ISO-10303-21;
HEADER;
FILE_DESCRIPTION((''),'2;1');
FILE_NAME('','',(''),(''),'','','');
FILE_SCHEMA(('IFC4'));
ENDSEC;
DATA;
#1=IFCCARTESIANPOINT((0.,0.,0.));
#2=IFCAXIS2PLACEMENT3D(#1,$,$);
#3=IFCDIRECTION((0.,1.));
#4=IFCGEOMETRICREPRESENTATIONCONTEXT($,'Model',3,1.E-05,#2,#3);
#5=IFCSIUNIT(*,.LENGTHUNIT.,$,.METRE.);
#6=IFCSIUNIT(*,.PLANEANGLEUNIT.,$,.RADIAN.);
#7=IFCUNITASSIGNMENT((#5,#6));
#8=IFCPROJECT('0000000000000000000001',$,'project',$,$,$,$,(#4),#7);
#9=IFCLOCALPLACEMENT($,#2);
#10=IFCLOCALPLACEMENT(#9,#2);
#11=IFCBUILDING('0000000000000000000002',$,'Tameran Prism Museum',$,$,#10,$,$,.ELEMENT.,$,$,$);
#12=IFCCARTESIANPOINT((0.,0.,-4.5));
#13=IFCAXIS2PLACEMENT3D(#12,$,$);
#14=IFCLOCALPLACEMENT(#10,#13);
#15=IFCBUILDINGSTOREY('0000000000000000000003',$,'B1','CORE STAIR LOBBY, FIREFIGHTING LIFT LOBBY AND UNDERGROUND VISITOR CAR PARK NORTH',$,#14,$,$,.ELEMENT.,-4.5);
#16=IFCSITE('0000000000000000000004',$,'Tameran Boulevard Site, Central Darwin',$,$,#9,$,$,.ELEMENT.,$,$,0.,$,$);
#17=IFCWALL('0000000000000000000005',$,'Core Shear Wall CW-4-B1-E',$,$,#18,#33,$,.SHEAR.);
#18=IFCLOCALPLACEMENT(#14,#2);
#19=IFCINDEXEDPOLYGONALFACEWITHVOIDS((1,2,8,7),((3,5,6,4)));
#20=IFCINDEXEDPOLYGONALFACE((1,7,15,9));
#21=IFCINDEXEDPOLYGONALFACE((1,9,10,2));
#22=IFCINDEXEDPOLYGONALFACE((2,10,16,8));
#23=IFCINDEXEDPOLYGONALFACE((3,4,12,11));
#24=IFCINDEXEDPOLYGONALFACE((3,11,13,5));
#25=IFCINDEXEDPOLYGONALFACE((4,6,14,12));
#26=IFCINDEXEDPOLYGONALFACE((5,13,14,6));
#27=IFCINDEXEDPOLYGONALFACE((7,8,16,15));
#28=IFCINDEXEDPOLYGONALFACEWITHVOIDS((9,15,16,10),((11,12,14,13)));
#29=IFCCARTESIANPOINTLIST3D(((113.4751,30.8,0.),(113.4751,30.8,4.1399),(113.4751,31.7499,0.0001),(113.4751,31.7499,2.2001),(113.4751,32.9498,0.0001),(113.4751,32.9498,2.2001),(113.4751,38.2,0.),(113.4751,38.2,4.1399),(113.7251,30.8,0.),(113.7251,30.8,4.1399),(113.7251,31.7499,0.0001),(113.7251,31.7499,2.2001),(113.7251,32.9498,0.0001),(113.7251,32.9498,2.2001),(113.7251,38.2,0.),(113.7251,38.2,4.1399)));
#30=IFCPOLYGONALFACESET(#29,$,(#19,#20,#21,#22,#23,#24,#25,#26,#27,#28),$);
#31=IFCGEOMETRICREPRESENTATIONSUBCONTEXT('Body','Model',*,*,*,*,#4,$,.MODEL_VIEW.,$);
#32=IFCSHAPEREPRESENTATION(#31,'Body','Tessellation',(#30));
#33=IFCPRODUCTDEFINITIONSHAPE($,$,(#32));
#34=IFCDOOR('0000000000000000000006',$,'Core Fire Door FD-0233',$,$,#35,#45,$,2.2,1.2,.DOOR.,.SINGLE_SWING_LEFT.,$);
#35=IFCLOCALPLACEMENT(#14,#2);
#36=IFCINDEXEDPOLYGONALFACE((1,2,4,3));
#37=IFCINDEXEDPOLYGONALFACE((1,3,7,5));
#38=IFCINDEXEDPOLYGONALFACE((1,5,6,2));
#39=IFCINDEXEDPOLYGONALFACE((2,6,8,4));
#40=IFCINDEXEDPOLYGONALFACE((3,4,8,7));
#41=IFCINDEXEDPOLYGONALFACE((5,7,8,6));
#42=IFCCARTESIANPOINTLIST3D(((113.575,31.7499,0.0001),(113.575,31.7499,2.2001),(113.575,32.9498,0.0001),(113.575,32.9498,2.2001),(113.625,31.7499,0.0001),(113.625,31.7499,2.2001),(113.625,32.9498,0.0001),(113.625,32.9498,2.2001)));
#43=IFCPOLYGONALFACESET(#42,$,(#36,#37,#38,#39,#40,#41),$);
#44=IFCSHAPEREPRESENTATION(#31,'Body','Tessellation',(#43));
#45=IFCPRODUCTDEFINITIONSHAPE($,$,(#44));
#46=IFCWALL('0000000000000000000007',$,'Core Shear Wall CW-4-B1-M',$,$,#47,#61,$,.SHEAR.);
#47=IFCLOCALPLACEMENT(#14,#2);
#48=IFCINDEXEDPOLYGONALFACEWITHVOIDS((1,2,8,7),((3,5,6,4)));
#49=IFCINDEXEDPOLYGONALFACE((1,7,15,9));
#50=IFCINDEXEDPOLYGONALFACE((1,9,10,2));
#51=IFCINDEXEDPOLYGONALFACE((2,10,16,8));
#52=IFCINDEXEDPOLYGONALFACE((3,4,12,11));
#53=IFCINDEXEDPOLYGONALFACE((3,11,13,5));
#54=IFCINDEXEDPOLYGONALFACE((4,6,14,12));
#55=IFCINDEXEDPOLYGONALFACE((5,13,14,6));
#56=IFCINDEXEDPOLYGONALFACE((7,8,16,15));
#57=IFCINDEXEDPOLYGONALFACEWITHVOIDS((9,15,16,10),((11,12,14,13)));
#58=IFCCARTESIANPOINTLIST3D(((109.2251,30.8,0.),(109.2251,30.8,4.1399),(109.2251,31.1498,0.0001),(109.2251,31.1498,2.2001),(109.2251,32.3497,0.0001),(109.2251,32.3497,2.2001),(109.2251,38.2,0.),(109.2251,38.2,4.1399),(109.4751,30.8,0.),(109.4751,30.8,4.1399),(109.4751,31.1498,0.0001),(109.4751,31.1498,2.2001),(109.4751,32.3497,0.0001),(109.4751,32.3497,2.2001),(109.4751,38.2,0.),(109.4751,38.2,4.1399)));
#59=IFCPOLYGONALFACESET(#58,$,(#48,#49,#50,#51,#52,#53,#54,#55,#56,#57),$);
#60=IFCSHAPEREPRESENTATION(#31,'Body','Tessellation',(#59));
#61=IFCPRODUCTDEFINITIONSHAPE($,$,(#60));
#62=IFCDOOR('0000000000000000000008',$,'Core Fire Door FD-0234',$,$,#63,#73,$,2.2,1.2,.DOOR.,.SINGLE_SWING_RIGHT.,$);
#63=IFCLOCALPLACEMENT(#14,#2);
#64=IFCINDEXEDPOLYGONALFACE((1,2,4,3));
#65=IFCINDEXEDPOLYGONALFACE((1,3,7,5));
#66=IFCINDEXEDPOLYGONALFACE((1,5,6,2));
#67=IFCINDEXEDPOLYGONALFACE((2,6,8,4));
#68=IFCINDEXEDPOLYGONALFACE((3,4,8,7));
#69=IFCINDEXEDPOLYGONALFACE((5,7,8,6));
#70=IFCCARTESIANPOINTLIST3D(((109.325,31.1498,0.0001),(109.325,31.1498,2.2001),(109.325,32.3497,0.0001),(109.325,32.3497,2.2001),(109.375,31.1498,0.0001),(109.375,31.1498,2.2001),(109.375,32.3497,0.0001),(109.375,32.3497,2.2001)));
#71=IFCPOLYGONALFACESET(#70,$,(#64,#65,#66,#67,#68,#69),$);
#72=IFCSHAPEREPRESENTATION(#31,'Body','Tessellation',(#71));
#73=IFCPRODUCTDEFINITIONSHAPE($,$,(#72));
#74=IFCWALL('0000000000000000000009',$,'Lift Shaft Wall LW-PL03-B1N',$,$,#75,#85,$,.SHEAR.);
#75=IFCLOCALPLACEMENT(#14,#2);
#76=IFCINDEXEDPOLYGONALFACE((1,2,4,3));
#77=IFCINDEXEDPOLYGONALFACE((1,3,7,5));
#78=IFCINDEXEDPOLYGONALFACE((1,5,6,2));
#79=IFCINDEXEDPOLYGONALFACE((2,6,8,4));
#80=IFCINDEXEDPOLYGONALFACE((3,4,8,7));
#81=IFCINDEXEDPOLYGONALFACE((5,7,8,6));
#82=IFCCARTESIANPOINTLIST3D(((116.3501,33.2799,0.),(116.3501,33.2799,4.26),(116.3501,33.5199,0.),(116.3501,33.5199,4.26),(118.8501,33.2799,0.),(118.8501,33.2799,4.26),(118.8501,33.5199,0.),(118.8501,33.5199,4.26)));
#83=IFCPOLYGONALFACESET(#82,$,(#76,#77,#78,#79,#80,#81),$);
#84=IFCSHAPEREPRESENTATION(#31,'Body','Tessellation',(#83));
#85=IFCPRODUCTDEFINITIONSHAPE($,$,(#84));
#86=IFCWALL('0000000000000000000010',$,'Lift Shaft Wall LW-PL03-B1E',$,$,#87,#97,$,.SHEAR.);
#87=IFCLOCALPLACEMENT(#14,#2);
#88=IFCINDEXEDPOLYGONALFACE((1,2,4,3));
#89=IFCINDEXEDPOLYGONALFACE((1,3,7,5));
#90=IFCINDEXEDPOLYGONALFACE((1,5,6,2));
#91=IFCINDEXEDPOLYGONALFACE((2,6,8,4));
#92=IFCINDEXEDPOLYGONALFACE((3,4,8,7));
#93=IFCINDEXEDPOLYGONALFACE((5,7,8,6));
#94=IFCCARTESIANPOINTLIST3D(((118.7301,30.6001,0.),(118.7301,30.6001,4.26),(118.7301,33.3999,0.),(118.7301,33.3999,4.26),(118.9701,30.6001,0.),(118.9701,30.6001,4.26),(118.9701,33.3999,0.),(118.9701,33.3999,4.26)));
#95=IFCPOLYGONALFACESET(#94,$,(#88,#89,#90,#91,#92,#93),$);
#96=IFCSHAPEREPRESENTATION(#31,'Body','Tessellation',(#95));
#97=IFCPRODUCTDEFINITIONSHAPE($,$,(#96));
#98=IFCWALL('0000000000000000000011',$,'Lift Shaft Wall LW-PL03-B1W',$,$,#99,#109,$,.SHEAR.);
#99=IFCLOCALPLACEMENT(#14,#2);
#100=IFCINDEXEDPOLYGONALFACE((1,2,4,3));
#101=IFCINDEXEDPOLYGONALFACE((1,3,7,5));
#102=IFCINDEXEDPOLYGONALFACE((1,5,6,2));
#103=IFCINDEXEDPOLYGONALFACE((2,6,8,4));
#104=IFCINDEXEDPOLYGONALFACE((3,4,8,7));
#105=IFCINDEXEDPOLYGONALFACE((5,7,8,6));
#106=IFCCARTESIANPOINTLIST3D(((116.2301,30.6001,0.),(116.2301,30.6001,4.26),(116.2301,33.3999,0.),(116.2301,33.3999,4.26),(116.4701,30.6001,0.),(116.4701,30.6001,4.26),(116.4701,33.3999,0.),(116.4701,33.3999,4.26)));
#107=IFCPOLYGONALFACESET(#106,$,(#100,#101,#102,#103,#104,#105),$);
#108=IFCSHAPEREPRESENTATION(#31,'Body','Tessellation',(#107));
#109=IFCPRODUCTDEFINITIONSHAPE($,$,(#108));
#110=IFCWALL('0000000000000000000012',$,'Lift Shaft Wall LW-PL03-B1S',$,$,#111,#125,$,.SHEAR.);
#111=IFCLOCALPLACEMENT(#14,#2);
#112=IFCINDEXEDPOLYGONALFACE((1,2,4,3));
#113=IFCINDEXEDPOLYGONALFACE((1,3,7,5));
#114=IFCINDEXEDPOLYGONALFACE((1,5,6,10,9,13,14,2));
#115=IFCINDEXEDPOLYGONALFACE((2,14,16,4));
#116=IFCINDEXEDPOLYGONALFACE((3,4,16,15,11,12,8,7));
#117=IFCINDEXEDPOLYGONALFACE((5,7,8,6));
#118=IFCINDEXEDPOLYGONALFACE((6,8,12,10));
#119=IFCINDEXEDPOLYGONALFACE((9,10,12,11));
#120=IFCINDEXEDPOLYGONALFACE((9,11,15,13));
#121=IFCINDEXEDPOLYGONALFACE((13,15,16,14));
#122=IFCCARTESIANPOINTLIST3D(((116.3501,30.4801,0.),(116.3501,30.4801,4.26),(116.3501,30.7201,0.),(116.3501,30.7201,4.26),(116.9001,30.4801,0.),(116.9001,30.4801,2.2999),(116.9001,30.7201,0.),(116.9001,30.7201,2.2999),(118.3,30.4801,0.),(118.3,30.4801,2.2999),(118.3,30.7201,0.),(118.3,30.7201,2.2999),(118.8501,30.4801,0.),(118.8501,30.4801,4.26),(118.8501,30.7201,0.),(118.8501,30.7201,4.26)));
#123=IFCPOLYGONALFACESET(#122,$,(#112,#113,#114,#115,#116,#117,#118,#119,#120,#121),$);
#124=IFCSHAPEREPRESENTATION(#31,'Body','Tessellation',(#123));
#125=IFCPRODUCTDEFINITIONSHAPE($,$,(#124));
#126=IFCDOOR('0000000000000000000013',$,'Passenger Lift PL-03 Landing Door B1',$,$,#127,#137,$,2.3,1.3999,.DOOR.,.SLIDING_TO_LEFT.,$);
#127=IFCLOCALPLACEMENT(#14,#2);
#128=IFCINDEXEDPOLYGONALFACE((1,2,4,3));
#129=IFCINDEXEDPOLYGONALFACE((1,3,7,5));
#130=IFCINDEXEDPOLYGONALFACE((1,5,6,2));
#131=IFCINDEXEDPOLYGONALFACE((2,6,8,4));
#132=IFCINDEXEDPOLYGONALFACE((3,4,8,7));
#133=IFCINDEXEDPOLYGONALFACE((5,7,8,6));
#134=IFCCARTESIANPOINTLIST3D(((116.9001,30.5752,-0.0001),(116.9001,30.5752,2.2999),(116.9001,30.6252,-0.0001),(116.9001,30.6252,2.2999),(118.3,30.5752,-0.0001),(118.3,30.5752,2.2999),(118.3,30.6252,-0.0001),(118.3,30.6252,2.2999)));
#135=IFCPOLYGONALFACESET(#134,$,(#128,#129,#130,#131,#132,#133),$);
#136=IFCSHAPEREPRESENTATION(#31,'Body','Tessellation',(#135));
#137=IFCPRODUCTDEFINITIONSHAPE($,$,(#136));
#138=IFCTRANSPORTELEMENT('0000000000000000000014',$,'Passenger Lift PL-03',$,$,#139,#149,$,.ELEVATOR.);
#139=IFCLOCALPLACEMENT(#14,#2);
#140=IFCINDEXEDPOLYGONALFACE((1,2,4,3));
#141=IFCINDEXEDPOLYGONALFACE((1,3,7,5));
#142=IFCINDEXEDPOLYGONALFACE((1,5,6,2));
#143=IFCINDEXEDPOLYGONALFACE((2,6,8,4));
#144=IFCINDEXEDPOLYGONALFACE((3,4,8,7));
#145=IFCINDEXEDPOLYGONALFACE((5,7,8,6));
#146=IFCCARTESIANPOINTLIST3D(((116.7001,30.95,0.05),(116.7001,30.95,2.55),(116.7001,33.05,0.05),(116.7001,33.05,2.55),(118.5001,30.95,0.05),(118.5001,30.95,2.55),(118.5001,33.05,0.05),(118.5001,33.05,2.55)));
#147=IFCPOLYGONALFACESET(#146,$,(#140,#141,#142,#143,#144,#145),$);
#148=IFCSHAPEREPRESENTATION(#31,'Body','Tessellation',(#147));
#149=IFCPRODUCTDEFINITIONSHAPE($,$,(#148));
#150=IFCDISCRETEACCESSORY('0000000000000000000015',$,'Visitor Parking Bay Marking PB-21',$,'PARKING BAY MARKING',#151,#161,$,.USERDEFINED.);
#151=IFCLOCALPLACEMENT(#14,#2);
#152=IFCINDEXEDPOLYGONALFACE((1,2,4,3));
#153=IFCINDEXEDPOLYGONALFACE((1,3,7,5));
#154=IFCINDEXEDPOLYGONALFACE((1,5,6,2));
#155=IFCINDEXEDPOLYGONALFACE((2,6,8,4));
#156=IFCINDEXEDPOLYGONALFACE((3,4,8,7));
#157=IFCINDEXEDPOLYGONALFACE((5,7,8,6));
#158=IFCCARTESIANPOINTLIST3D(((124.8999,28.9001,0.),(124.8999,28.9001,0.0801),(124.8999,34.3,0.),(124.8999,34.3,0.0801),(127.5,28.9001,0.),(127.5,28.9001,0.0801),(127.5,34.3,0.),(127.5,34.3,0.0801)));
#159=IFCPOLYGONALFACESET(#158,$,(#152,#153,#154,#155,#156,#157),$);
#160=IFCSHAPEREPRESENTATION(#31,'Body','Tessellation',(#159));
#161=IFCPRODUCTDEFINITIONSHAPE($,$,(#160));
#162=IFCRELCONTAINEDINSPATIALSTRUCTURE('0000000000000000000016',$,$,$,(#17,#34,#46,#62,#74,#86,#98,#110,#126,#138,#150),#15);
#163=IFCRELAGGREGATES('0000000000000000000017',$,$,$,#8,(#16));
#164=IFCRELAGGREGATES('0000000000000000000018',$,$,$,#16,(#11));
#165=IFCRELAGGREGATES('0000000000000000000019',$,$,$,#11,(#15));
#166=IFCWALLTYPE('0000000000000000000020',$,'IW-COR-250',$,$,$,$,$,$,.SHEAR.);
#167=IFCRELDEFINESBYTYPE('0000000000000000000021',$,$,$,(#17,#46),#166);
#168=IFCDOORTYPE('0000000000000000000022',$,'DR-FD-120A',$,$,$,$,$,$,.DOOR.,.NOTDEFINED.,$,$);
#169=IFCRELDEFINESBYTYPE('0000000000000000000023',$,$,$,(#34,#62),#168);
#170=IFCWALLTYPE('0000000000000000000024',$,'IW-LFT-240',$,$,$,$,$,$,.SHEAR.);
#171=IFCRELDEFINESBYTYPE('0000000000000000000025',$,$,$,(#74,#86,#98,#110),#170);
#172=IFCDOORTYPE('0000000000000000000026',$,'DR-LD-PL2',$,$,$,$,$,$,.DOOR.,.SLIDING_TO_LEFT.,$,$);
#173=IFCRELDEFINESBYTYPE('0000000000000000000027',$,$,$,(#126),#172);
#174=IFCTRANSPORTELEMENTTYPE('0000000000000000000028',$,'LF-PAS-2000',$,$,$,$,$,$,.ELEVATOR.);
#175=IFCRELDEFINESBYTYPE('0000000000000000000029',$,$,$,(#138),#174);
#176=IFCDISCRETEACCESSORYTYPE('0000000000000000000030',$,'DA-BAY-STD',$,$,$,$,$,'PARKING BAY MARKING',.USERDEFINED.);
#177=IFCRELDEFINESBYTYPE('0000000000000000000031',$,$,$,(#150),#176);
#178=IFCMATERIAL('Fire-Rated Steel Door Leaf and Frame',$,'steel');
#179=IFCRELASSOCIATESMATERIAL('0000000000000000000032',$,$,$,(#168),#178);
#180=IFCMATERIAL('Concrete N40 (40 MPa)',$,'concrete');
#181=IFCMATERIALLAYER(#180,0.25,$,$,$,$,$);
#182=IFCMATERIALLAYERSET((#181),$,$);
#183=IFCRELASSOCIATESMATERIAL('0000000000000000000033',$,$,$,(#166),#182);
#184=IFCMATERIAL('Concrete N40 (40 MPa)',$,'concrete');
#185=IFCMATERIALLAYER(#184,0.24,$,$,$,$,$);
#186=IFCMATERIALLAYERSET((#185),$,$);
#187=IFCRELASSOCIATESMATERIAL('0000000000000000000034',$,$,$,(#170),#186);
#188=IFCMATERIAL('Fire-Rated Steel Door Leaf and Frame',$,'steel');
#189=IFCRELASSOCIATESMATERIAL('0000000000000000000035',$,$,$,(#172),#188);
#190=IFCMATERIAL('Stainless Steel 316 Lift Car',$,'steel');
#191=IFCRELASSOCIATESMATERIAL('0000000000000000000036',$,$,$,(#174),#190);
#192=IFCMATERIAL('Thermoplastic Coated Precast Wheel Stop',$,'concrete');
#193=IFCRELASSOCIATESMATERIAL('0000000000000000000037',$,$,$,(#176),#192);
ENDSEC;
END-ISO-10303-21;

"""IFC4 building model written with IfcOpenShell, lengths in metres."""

from ifc_helpers import new_model, si_unit, direction, frame, frame_2d, origin, origin_2d, place, context, subcontext, project, spatial, rectangle, extrude, material, layer, layer_set, type_object, element, fill, save


model = new_model("IFC4")

# Units and contexts
model_context = context("Model", 3, precision=1e-05, world=origin(), true_north=direction((0.0, 1.0)))
body_context = subcontext(model_context, "Body", "Model", "MODEL_VIEW")
ifc_project = project(units=[si_unit("LENGTHUNIT", "METRE"), si_unit("PLANEANGLEUNIT", "RADIAN")], contexts=[model_context])

# Site, building, storey
site_placement = place(None, origin())
site = spatial("IfcSite", under=ifc_project, at=site_placement, Name="Tameran Boulevard Site, Central Darwin", CompositionType="ELEMENT", RefElevation=0.0)
building_placement = place(site_placement, origin())
building = spatial("IfcBuilding", under=site, at=building_placement, Name="Tameran Prism Museum", CompositionType="ELEMENT")
storey_placement = place(building_placement, frame((0.0, 0.0, -4.5)))
storey = spatial("IfcBuildingStorey", under=building, at=storey_placement, Name="B1", Description="CORE STAIR LOBBY, FIREFIGHTING LIFT LOBBY AND UNDERGROUND VISITOR CAR PARK NORTH", CompositionType="ELEMENT", Elevation=-4.5)

# Shared definitions
ifc_material_1 = material(Name="Fire-Rated Steel Door Leaf and Frame", Category="steel")
door_type_1 = type_object("IfcDoorType", Name="DR-FD-120A", OperationType="NOTDEFINED", PredefinedType="DOOR", material=ifc_material_1)

# Shared definitions
ifc_material_2 = material(Name="Concrete N40 (40 MPa)", Category="concrete")
ifc_layer_1 = layer(ifc_material_2, 0.25)
ifc_layer_set_1 = layer_set([ifc_layer_1])
wall_type_1 = type_object("IfcWallType", Name="IW-COR-250", PredefinedType="SHEAR", material=ifc_layer_set_1)

# Walls, openings, doors
wall_1_placement = place(storey_placement, frame((113.6001, 38.2, 0.0), z_axis=(0.0, 0.0, 1.0), x_axis=(0.0, -1.0, 0.0)))
wall_1 = element("IfcWall", 1, at=wall_1_placement, inside=storey, type_object=wall_type_1, Name="Core Shear Wall CW-4-B1-E", PredefinedType="SHEAR", context=body_context, shape_type="SweptSolid", body=[
    extrude(rectangle(XDim=7.3999, YDim=0.25, at=frame_2d((3.7, 0.0))), origin(), (0.0, 0.0, 1.0), 4.1399),
])
opening_1_placement = place(wall_1_placement, frame((5.25, 0.0, 0.0)))
opening_1 = element("IfcOpeningElement", 2, at=opening_1_placement, cuts=wall_1, PredefinedType="OPENING", context=body_context, shape_type="SweptSolid", body=[
    extrude(rectangle(XDim=1.2, YDim=2.2, at=frame_2d((0.6001, 1.1001))), frame((0.0, 0.135, 0.0), z_axis=(0.0, -1.0, 0.0), x_axis=(1.0, 0.0, 0.0)), (0.0, 0.0, 1.0), 0.27),
])
door_1_placement = place(opening_1_placement, origin())
door_1 = element("IfcDoor", 3, at=door_1_placement, inside=storey, type_object=door_type_1, Name="Core Fire Door FD-0233", OperationType="SINGLE_SWING_LEFT", OverallHeight=2.2, OverallWidth=1.2, PredefinedType="DOOR", context=body_context, shape_type="SweptSolid", body=[
    extrude(rectangle(XDim=1.2, YDim=2.2, at=frame_2d((0.6001, 1.1001))), frame((0.0, 0.0249, 0.0), z_axis=(0.0, -1.0, 0.0), x_axis=(1.0, 0.0, 0.0)), (0.0, 0.0, 1.0), 0.05),
])
fill(opening_1, door_1)
wall_2_placement = place(storey_placement, frame((109.3501, 38.2, 0.0), z_axis=(0.0, 0.0, 1.0), x_axis=(0.0, -1.0, 0.0)))
wall_2 = element("IfcWall", 4, at=wall_2_placement, inside=storey, type_object=wall_type_1, Name="Core Shear Wall CW-4-B1-M", PredefinedType="SHEAR", context=body_context, shape_type="SweptSolid", body=[
    extrude(rectangle(XDim=7.3999, YDim=0.25, at=frame_2d((3.7, 0.0))), origin(), (0.0, 0.0, 1.0), 4.1399),
])
opening_2_placement = place(wall_2_placement, frame((5.8501, 0.0, 0.0)))
opening_2 = element("IfcOpeningElement", 5, at=opening_2_placement, cuts=wall_2, PredefinedType="OPENING", context=body_context, shape_type="SweptSolid", body=[
    extrude(rectangle(XDim=1.2, YDim=2.2, at=frame_2d((0.6001, 1.1001))), frame((0.0, 0.135, 0.0), z_axis=(0.0, -1.0, 0.0), x_axis=(1.0, 0.0, 0.0)), (0.0, 0.0, 1.0), 0.27),
])
door_2_placement = place(opening_2_placement, origin())
door_2 = element("IfcDoor", 6, at=door_2_placement, inside=storey, type_object=door_type_1, Name="Core Fire Door FD-0234", OperationType="SINGLE_SWING_RIGHT", OverallHeight=2.2, OverallWidth=1.2, PredefinedType="DOOR", context=body_context, shape_type="SweptSolid", body=[
    extrude(rectangle(XDim=1.2, YDim=2.2, at=frame_2d((0.6001, 1.1001))), frame((0.0, 0.0249, 0.0), z_axis=(0.0, -1.0, 0.0), x_axis=(1.0, 0.0, 0.0)), (0.0, 0.0, 1.0), 0.05),
])
fill(opening_2, door_2)

# Walls
ifc_material_3 = material(Name="Concrete N40 (40 MPa)", Category="concrete")
ifc_layer_2 = layer(ifc_material_3, 0.24)
ifc_layer_set_2 = layer_set([ifc_layer_2])
wall_type_2 = type_object("IfcWallType", Name="IW-LFT-240", PredefinedType="SHEAR", material=ifc_layer_set_2)
wall_3_placement = place(storey_placement, frame((116.3501, 33.3999, 0.0), z_axis=(0.0, 0.0, 1.0), x_axis=(1.0, 0.0, 0.0)))
element("IfcWall", 7, at=wall_3_placement, inside=storey, type_object=wall_type_2, Name="Lift Shaft Wall LW-PL03-B1N", PredefinedType="SHEAR", context=body_context, shape_type="SweptSolid", body=[
    extrude(rectangle(XDim=2.5, YDim=0.24, at=frame_2d((1.25, 0.0))), origin(), (0.0, 0.0, 1.0), 4.26),
])
for number, where, z_axis, x_axis, name in (
    (8, (118.8501, 33.3999, 0.0), (0.0, 0.0, 1.0), (0.0, -1.0, 0.0), "Lift Shaft Wall LW-PL03-B1E"),
    (9, (116.3501, 30.6001, 0.0), (0.0, 0.0, 1.0), (0.0, 1.0, 0.0), "Lift Shaft Wall LW-PL03-B1W"),
):
    element("IfcWall", number, at=place(storey_placement, frame(where, z_axis=z_axis, x_axis=x_axis)), inside=storey, type_object=wall_type_2, Name=name, PredefinedType="SHEAR", context=body_context, shape_type="SweptSolid", body=[
        extrude(rectangle(XDim=2.7998, YDim=0.24, at=frame_2d((1.3999, 0.0))), origin(), (0.0, 0.0, 1.0), 4.26),
    ])

# Wall, opening, door
wall_4_placement = place(storey_placement, frame((118.8501, 30.6001, 0.0), z_axis=(0.0, 0.0, 1.0), x_axis=(-1.0, 0.0, 0.0)))
wall_4 = element("IfcWall", 10, at=wall_4_placement, inside=storey, type_object=wall_type_2, Name="Lift Shaft Wall LW-PL03-B1S", PredefinedType="SHEAR", context=body_context, shape_type="SweptSolid", body=[
    extrude(rectangle(XDim=2.5, YDim=0.24, at=frame_2d((1.25, 0.0))), origin(), (0.0, 0.0, 1.0), 4.26),
])
opening_3_placement = place(wall_4_placement, frame((0.55, 0.0, 0.0)))
opening_3 = element("IfcOpeningElement", 11, at=opening_3_placement, cuts=wall_4, PredefinedType="OPENING", context=body_context, shape_type="SweptSolid", body=[
    extrude(rectangle(XDim=1.3999, YDim=2.3, at=frame_2d((0.7, 1.1499))), frame((0.0, 0.1299, 0.0), z_axis=(0.0, -1.0, 0.0), x_axis=(1.0, 0.0, 0.0)), (0.0, 0.0, 1.0), 0.26),
])
ifc_material_4 = material(Name="Fire-Rated Steel Door Leaf and Frame", Category="steel")
door_type_2 = type_object("IfcDoorType", Name="DR-LD-PL2", OperationType="SLIDING_TO_LEFT", PredefinedType="DOOR", material=ifc_material_4)
door_3_placement = place(opening_3_placement, origin())
door_3 = element("IfcDoor", 12, at=door_3_placement, inside=storey, type_object=door_type_2, Name="Passenger Lift PL-03 Landing Door B1", OperationType="SLIDING_TO_LEFT", OverallHeight=2.3, OverallWidth=1.3999, PredefinedType="DOOR", context=body_context, shape_type="SweptSolid", body=[
    extrude(rectangle(XDim=1.3999, YDim=2.3, at=frame_2d((0.7, 1.1499))), frame((0.0, 0.0249, 0.0), z_axis=(0.0, -1.0, 0.0), x_axis=(1.0, 0.0, 0.0)), (0.0, 0.0, 1.0), 0.05),
])
fill(opening_3, door_3)

# Transport element
ifc_material_5 = material(Name="Stainless Steel 316 Lift Car", Category="steel")
transport_element_type = type_object("IfcTransportElementType", Name="LF-PAS-2000", PredefinedType="ELEVATOR", material=ifc_material_5)
transport_element_placement = place(storey_placement, frame((117.6001, 32.0, 0.05), z_axis=(0.0, 0.0, 1.0), x_axis=(1.0, 0.0, 0.0)))
element("IfcTransportElement", 13, at=transport_element_placement, inside=storey, type_object=transport_element_type, Name="Passenger Lift PL-03", PredefinedType="ELEVATOR", context=body_context, shape_type="SweptSolid", body=[
    extrude(rectangle(XDim=1.8, YDim=2.1001, at=origin_2d()), origin(), (0.0, 0.0, 1.0), 2.5),
])

# Discrete accessory
ifc_material_6 = material(Name="Thermoplastic Coated Precast Wheel Stop", Category="concrete")
discrete_accessory_type = type_object("IfcDiscreteAccessoryType", Name="DA-BAY-STD", ElementType="PARKING BAY MARKING", PredefinedType="USERDEFINED", material=ifc_material_6)
discrete_accessory_placement = place(storey_placement, frame((126.2, 31.6001, 0.0), z_axis=(0.0, 0.0, 1.0), x_axis=(1.0, 0.0, 0.0)))
element("IfcDiscreteAccessory", 14, at=discrete_accessory_placement, inside=storey, type_object=discrete_accessory_type, Name="Visitor Parking Bay Marking PB-21", ObjectType="PARKING BAY MARKING", PredefinedType="USERDEFINED", context=body_context, shape_type="SweptSolid", body=[
    extrude(rectangle(XDim=2.6001, YDim=5.3999, at=origin_2d()), origin(), (0.0, 0.0, 1.0), 0.0801),
])

save(model, "model.ifc")
